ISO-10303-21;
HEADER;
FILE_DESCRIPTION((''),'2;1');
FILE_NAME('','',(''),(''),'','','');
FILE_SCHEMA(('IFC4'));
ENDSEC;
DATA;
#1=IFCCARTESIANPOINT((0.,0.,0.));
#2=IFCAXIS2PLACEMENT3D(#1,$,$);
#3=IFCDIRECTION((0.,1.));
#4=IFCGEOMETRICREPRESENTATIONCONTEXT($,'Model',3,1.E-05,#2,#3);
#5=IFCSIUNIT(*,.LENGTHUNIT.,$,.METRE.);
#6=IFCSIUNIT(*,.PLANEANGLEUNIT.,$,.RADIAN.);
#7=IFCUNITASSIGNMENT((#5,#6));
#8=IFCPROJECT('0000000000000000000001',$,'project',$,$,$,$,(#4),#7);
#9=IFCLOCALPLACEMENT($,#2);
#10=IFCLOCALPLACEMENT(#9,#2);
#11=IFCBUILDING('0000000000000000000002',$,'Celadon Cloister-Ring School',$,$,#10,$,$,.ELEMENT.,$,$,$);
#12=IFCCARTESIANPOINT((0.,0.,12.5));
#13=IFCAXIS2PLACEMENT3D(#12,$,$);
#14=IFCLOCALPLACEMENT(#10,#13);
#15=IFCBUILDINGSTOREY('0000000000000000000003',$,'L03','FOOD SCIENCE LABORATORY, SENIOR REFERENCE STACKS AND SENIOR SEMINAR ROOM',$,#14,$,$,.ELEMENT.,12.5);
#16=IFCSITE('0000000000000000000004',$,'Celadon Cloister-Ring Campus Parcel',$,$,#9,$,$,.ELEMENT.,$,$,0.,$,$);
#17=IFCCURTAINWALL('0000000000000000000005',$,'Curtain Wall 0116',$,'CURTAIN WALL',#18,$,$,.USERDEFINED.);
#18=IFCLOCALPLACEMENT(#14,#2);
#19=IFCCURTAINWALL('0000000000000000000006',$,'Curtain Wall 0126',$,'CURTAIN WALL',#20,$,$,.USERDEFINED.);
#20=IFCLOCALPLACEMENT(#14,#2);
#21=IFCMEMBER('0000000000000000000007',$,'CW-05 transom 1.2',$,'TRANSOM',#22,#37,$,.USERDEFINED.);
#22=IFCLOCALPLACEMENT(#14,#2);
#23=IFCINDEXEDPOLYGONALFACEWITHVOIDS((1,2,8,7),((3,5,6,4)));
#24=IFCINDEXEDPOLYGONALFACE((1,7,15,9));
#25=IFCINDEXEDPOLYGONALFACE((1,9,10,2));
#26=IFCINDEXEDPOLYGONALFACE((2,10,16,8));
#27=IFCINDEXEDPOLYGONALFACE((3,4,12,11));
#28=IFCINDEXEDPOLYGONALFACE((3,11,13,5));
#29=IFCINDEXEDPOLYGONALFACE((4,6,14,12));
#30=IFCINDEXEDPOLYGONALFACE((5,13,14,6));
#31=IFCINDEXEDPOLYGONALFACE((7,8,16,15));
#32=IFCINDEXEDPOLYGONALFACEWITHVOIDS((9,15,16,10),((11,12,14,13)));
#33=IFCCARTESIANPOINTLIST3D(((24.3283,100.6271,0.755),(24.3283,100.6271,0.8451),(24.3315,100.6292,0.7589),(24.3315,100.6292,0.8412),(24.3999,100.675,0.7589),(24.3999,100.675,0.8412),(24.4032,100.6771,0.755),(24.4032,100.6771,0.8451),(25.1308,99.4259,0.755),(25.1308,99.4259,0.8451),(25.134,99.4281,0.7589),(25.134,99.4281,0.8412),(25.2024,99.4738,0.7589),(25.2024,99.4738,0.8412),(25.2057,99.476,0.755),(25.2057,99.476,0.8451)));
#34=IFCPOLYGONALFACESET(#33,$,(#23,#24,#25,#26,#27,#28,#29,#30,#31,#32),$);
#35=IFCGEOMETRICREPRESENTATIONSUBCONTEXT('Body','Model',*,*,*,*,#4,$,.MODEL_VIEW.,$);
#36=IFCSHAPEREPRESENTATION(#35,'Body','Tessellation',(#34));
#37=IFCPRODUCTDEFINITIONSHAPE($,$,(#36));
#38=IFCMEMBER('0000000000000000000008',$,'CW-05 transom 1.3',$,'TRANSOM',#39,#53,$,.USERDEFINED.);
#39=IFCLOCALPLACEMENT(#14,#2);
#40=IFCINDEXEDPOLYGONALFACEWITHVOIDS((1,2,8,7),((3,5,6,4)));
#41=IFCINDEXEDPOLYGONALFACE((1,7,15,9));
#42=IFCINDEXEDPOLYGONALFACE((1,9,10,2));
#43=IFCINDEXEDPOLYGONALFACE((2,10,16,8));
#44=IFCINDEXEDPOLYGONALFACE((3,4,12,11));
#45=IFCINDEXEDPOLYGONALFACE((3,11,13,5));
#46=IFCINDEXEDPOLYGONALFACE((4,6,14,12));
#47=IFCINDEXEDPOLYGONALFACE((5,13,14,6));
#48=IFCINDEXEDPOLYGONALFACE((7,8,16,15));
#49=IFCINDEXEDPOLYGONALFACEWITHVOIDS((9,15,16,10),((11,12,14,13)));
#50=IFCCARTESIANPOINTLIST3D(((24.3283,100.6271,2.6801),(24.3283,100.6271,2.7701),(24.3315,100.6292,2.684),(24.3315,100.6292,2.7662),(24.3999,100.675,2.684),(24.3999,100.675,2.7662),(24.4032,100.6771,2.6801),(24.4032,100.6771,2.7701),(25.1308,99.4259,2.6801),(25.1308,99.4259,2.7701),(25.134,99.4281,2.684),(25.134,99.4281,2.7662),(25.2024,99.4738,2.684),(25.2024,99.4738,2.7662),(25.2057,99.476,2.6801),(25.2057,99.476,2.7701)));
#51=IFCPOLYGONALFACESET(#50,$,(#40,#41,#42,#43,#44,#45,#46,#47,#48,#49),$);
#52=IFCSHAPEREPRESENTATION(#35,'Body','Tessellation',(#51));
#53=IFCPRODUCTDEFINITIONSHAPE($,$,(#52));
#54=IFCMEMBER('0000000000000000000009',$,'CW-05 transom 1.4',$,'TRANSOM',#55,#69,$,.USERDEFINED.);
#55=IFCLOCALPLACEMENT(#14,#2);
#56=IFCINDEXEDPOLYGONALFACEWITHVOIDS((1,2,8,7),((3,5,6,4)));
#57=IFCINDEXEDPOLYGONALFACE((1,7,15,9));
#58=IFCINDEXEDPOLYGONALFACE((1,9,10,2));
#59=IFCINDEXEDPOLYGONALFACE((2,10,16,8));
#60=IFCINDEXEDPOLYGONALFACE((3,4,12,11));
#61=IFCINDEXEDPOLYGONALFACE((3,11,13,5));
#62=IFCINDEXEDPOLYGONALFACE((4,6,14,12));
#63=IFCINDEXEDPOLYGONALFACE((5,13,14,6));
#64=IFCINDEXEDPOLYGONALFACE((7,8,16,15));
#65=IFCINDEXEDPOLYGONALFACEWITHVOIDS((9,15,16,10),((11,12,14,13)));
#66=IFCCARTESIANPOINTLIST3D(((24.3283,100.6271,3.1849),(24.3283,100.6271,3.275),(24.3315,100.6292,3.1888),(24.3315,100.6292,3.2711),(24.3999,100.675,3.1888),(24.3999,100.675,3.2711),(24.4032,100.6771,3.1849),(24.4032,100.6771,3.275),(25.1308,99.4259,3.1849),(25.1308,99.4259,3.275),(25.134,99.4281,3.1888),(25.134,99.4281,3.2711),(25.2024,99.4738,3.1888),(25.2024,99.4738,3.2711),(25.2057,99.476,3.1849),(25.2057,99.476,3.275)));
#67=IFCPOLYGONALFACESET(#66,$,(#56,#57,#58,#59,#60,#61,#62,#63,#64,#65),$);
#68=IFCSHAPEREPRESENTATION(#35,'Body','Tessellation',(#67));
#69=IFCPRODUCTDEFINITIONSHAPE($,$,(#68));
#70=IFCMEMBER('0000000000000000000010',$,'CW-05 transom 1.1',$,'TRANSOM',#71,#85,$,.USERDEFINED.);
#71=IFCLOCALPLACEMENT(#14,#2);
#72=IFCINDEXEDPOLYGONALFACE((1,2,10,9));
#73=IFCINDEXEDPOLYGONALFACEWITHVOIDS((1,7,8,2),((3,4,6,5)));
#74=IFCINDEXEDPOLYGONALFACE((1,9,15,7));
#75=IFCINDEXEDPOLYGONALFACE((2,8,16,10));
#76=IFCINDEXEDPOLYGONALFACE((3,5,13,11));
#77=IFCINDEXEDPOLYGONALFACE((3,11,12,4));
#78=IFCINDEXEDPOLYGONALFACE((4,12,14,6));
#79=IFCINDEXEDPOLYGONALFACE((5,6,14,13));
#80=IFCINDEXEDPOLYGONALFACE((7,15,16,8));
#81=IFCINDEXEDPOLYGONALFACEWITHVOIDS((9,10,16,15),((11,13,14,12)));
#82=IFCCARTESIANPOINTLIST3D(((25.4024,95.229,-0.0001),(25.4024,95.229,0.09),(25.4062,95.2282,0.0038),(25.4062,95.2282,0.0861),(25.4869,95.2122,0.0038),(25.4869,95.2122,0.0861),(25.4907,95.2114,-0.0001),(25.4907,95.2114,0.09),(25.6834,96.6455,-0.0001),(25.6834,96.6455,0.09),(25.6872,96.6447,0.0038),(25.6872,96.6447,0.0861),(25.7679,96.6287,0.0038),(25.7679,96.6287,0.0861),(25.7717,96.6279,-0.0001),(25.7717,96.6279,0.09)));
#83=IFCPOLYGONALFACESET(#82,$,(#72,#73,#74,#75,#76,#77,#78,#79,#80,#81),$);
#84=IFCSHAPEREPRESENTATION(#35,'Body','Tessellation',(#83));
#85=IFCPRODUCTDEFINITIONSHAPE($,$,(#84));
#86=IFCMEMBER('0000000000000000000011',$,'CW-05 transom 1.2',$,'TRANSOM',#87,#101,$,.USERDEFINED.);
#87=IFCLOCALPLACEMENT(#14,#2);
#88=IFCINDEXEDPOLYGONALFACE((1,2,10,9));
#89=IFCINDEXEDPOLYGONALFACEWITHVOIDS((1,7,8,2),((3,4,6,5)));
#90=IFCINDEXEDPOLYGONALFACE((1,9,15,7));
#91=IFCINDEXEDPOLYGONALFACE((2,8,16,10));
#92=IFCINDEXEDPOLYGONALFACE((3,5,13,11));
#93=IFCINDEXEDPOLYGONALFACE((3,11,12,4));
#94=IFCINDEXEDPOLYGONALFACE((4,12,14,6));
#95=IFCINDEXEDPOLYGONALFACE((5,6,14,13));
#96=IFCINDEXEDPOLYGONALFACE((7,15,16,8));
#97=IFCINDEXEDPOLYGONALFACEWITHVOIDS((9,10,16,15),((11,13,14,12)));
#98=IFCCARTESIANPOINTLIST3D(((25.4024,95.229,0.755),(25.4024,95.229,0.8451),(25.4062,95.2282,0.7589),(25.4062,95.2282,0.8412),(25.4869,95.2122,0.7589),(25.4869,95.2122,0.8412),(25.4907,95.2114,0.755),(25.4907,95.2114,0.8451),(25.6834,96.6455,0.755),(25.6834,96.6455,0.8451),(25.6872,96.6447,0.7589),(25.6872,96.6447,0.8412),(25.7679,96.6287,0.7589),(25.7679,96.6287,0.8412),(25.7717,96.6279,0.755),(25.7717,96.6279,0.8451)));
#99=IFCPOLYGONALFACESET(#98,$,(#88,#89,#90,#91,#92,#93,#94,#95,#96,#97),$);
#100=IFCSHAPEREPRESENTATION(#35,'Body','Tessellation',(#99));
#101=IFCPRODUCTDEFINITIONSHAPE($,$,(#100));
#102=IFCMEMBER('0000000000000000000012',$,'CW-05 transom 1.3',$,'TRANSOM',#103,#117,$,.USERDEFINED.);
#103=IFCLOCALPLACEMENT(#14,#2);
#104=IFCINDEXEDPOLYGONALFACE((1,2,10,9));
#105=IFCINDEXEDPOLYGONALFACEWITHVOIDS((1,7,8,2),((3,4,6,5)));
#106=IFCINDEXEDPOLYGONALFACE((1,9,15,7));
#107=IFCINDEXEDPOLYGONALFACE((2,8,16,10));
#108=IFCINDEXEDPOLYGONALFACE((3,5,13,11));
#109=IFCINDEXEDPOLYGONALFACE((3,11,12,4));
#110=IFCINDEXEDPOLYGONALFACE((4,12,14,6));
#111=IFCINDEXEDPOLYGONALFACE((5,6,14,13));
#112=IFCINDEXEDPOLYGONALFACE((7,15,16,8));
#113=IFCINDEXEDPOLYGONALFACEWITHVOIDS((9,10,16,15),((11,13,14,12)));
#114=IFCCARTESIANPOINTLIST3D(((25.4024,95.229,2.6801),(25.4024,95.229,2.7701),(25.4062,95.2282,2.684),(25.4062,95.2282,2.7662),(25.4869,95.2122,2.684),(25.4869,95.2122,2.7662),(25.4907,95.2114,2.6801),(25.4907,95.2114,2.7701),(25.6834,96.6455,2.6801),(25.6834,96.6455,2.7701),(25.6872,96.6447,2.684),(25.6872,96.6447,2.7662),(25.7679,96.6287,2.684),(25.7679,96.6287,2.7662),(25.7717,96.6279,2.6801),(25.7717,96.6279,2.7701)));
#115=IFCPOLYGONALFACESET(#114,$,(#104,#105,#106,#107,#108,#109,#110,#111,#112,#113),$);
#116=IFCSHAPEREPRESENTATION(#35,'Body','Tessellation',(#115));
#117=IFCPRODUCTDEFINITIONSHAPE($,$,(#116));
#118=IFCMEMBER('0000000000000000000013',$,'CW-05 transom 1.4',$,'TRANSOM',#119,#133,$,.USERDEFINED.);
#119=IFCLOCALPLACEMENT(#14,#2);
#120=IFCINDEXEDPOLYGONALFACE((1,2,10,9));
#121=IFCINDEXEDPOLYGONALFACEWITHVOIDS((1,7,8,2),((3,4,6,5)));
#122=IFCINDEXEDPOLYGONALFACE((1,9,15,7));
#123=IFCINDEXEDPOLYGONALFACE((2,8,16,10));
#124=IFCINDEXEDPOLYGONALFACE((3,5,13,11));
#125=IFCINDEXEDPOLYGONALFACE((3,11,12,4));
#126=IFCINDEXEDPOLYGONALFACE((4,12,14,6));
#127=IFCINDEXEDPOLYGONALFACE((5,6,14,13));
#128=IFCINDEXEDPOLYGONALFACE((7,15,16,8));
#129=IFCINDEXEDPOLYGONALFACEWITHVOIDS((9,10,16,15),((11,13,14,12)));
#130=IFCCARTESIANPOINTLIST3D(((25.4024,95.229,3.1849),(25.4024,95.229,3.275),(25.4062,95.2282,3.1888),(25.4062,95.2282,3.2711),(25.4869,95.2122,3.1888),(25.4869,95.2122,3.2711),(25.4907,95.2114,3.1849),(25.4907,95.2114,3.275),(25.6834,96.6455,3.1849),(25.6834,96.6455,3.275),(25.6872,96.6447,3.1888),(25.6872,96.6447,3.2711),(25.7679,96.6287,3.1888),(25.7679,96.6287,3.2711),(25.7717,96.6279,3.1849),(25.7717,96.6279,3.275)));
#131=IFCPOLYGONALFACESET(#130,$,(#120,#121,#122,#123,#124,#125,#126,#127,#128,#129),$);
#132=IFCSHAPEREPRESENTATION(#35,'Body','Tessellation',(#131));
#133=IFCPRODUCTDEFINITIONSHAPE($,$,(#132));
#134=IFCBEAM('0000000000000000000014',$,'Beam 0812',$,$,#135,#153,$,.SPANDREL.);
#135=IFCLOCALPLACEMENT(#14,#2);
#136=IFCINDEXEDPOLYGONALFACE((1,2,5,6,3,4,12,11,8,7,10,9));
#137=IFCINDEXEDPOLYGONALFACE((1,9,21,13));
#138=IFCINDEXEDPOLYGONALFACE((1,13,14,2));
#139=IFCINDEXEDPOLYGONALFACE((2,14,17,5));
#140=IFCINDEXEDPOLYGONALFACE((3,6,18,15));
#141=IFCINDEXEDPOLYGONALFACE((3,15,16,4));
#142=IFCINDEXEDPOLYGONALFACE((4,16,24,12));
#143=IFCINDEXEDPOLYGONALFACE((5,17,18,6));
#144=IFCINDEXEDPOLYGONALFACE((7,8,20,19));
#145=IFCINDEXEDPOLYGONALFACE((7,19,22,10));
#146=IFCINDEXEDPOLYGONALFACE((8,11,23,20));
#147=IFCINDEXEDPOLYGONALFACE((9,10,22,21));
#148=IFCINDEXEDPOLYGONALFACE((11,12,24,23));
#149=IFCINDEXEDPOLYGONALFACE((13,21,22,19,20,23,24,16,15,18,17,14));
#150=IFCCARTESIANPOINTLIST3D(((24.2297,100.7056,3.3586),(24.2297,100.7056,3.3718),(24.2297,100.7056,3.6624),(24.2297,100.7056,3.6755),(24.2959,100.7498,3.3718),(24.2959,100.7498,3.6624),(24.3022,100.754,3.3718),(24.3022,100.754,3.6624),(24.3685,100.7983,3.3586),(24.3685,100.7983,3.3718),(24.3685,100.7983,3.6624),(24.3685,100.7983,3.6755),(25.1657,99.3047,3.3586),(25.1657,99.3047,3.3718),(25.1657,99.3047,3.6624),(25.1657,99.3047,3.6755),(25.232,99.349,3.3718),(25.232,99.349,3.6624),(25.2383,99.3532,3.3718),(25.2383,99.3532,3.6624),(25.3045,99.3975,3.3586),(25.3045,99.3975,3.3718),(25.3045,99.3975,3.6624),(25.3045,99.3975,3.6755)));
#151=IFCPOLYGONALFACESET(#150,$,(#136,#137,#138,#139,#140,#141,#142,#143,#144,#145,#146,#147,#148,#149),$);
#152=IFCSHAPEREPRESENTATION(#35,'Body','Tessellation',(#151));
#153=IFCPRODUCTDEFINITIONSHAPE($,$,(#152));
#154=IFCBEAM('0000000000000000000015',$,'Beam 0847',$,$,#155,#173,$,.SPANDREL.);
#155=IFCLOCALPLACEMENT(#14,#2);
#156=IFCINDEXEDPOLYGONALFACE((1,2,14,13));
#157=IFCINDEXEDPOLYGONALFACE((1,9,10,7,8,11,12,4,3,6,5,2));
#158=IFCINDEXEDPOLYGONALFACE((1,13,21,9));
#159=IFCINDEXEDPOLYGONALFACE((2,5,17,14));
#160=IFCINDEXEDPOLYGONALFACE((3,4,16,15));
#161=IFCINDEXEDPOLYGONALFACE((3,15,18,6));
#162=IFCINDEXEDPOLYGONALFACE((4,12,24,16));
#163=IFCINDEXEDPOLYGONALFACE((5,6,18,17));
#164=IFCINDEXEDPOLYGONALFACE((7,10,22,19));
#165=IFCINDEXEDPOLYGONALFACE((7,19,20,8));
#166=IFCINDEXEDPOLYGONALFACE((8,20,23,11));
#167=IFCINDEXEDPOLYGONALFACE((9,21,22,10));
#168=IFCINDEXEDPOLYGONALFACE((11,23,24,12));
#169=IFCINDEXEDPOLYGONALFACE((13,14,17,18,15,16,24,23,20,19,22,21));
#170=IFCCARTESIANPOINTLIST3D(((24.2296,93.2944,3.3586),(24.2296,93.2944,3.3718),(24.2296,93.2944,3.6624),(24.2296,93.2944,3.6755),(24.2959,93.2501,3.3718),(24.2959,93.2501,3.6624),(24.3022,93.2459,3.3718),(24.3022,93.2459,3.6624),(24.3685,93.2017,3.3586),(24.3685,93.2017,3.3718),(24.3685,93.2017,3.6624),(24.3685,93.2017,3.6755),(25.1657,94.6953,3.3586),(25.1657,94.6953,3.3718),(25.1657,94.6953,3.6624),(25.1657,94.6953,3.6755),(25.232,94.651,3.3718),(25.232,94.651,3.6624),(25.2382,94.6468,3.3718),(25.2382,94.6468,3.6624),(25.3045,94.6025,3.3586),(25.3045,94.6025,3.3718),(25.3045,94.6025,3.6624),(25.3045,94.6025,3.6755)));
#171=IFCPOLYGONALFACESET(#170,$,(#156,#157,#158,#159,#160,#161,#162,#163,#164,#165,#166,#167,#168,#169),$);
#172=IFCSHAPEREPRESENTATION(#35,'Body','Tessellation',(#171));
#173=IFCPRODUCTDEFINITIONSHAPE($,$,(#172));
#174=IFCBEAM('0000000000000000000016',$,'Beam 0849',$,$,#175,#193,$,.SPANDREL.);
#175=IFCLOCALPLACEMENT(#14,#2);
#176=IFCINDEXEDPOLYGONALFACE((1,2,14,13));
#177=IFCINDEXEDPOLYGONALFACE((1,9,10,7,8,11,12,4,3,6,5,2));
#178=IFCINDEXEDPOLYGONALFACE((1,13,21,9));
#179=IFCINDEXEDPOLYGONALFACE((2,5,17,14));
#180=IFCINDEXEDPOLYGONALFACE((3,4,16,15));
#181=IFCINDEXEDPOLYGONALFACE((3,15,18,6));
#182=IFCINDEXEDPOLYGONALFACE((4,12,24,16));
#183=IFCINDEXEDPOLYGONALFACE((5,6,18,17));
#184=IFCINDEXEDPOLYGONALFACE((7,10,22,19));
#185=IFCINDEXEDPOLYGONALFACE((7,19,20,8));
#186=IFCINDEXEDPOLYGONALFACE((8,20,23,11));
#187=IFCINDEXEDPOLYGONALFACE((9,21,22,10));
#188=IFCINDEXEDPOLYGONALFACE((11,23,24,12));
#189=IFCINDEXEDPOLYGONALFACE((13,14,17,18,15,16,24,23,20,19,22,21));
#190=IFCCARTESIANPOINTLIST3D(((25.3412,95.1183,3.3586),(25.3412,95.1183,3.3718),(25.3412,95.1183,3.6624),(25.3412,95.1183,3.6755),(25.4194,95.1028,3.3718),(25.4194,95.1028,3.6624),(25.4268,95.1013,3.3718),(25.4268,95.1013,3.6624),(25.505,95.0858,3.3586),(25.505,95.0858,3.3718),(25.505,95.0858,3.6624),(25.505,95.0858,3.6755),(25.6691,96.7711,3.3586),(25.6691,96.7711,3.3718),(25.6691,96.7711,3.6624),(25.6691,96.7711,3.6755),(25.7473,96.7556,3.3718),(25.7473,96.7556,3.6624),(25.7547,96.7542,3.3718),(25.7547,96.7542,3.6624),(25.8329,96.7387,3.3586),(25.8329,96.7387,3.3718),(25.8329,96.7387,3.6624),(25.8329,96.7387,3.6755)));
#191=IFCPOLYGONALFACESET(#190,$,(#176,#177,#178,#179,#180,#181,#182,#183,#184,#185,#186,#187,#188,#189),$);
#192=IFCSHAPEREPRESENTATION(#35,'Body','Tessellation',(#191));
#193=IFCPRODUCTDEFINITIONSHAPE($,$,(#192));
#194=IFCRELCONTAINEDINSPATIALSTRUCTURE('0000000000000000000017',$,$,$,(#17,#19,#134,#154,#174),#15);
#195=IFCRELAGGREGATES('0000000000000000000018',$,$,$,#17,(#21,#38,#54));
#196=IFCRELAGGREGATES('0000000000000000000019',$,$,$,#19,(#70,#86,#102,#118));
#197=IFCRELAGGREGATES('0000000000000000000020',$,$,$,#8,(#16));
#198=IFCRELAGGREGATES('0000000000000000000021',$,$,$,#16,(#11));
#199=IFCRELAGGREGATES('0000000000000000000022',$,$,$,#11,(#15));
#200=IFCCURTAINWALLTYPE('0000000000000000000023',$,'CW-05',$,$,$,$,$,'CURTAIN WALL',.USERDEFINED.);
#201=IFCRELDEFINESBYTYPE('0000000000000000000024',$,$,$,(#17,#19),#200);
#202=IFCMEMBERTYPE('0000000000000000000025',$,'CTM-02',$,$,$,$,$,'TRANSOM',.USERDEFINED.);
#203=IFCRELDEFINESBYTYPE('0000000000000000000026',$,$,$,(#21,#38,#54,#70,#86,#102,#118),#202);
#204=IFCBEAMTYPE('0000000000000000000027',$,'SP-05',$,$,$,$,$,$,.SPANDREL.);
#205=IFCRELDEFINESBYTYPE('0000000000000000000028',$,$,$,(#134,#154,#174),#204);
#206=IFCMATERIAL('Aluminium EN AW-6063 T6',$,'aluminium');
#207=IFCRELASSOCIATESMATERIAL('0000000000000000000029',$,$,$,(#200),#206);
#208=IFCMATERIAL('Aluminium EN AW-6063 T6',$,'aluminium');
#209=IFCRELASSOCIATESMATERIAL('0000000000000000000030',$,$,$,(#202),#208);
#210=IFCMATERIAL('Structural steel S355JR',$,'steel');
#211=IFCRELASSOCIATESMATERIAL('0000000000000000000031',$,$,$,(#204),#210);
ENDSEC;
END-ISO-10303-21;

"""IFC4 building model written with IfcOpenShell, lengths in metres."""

from ifc_helpers import new_model, si_unit, direction, frame, origin, origin_2d, place, context, subcontext, project, spatial, hollow_rectangle, i_section, extrude, material, material_profile, profile_set, type_object, element, aggregate, save


model = new_model("IFC4")

# Units and contexts
model_context = context("Model", 3, precision=1e-05, world=origin(), true_north=direction((0.0, 1.0)))
body_context = subcontext(model_context, "Body", "Model", "MODEL_VIEW")
ifc_project = project(units=[si_unit("LENGTHUNIT", "METRE"), si_unit("PLANEANGLEUNIT", "RADIAN")], contexts=[model_context])

# Site, building, storey
site_placement = place(None, origin())
site = spatial("IfcSite", under=ifc_project, at=site_placement, Name="Celadon Cloister-Ring Campus Parcel", CompositionType="ELEMENT", RefElevation=0.0)
building_placement = place(site_placement, origin())
building = spatial("IfcBuilding", under=site, at=building_placement, Name="Celadon Cloister-Ring School", CompositionType="ELEMENT")
storey_placement = place(building_placement, frame((0.0, 0.0, 12.5)))
storey = spatial("IfcBuildingStorey", under=building, at=storey_placement, Name="L03", Description="FOOD SCIENCE LABORATORY, SENIOR REFERENCE STACKS AND SENIOR SEMINAR ROOM", CompositionType="ELEMENT", Elevation=12.5)

# Curtain walls
ifc_material_1 = material(Name="Aluminium EN AW-6063 T6", Category="aluminium")
curtain_wall_type = type_object("IfcCurtainWallType", Name="CW-05", ElementType="CURTAIN WALL", PredefinedType="USERDEFINED", material=ifc_material_1)
curtain_wall_1_placement = place(storey_placement, origin())
curtain_wall_1 = element("IfcCurtainWall", 1, at=curtain_wall_1_placement, inside=storey, type_object=curtain_wall_type, Name="Curtain Wall 0116", ObjectType="CURTAIN WALL", PredefinedType="USERDEFINED")
curtain_wall_2_placement = place(storey_placement, origin())
curtain_wall_2 = element("IfcCurtainWall", 2, at=curtain_wall_2_placement, inside=storey, type_object=curtain_wall_type, Name="Curtain Wall 0126", ObjectType="CURTAIN WALL", PredefinedType="USERDEFINED")

# Members
ifc_material_2 = material(Name="Aluminium EN AW-6063 T6", Category="aluminium")
ifc_material_profile_1 = material_profile(ifc_material_2, hollow_rectangle(XDim=0.0901, YDim=0.0901, WallThickness=0.0039, at=origin_2d()), Name="RHS90X90X4")
ifc_profile_set_1 = profile_set([ifc_material_profile_1], Name="Aluminium EN AW-6063 T6")
member_type_1 = type_object("IfcMemberType", Name="CTM-02", ElementType="TRANSOM", PredefinedType="USERDEFINED", material=ifc_profile_set_1)
member_1_placement = place(storey_placement, frame((25.1682, 99.4509, 0.8), z_axis=(-0.555519, 0.831504, 0.0), x_axis=(-0.831504, -0.555519, 0.0)))
member_1 = element("IfcMember", 3, at=member_1_placement, type_object=member_type_1, Name="CW-05 transom 1.2", ObjectType="TRANSOM", PredefinedType="USERDEFINED", context=body_context, shape_type="SweptSolid", body=[
    extrude(hollow_rectangle(XDim=0.0901, YDim=0.0901, WallThickness=0.0039, at=origin_2d()), origin(), (0.0, 0.0, 1.0), 1.4446),
])
member_2_placement = place(storey_placement, frame((25.1682, 99.4509, 2.7251), z_axis=(-0.555519, 0.831504, 0.0), x_axis=(-0.831504, -0.555519, 0.0)))
member_2 = element("IfcMember", 4, at=member_2_placement, type_object=member_type_1, Name="CW-05 transom 1.3", ObjectType="TRANSOM", PredefinedType="USERDEFINED", context=body_context, shape_type="SweptSolid", body=[
    extrude(hollow_rectangle(XDim=0.0901, YDim=0.0901, WallThickness=0.0039, at=origin_2d()), origin(), (0.0, 0.0, 1.0), 1.4446),
])
member_3_placement = place(storey_placement, frame((25.1682, 99.4509, 3.23), z_axis=(-0.555519, 0.831504, 0.0), x_axis=(-0.831504, -0.555519, 0.0)))
member_3 = element("IfcMember", 5, at=member_3_placement, type_object=member_type_1, Name="CW-05 transom 1.4", ObjectType="TRANSOM", PredefinedType="USERDEFINED", context=body_context, shape_type="SweptSolid", body=[
    extrude(hollow_rectangle(XDim=0.0901, YDim=0.0901, WallThickness=0.0039, at=origin_2d()), origin(), (0.0, 0.0, 1.0), 1.4446),
])
aggregate(curtain_wall_1, [member_1, member_2, member_3])
member_4_placement = place(storey_placement, frame((25.4465, 95.2202, 0.0449), z_axis=(0.194588, 0.980885, 0.0), x_axis=(-0.980885, 0.194588, 0.0)))
member_4 = element("IfcMember", 6, at=member_4_placement, type_object=member_type_1, Name="CW-05 transom 1.1", ObjectType="TRANSOM", PredefinedType="USERDEFINED", context=body_context, shape_type="SweptSolid", body=[
    extrude(hollow_rectangle(XDim=0.0901, YDim=0.0901, WallThickness=0.0039, at=origin_2d()), origin(), (0.0, 0.0, 1.0), 1.4441),
])
member_5_placement = place(storey_placement, frame((25.4465, 95.2202, 0.8), z_axis=(0.194588, 0.980885, 0.0), x_axis=(-0.980885, 0.194588, 0.0)))
member_5 = element("IfcMember", 7, at=member_5_placement, type_object=member_type_1, Name="CW-05 transom 1.2", ObjectType="TRANSOM", PredefinedType="USERDEFINED", context=body_context, shape_type="SweptSolid", body=[
    extrude(hollow_rectangle(XDim=0.0901, YDim=0.0901, WallThickness=0.0039, at=origin_2d()), origin(), (0.0, 0.0, 1.0), 1.4441),
])
member_6_placement = place(storey_placement, frame((25.4465, 95.2202, 2.7251), z_axis=(0.194588, 0.980885, 0.0), x_axis=(-0.980885, 0.194588, 0.0)))
member_6 = element("IfcMember", 8, at=member_6_placement, type_object=member_type_1, Name="CW-05 transom 1.3", ObjectType="TRANSOM", PredefinedType="USERDEFINED", context=body_context, shape_type="SweptSolid", body=[
    extrude(hollow_rectangle(XDim=0.0901, YDim=0.0901, WallThickness=0.0039, at=origin_2d()), origin(), (0.0, 0.0, 1.0), 1.4441),
])
member_7_placement = place(storey_placement, frame((25.4465, 95.2202, 3.23), z_axis=(0.194588, 0.980885, 0.0), x_axis=(-0.980885, 0.194588, 0.0)))
member_7 = element("IfcMember", 9, at=member_7_placement, type_object=member_type_1, Name="CW-05 transom 1.4", ObjectType="TRANSOM", PredefinedType="USERDEFINED", context=body_context, shape_type="SweptSolid", body=[
    extrude(hollow_rectangle(XDim=0.0901, YDim=0.0901, WallThickness=0.0039, at=origin_2d()), origin(), (0.0, 0.0, 1.0), 1.4441),
])

# Beams
ifc_material_3 = material(Name="Structural steel S355JR", Category="steel")
ifc_material_profile_2 = material_profile(ifc_material_3, i_section(OverallWidth=0.167, OverallDepth=0.3169, WebThickness=0.0076, FlangeThickness=0.0132, at=origin_2d()), Name="W310X52")
ifc_profile_set_2 = profile_set([ifc_material_profile_2], Name="Structural steel S355JR")
beam_type = type_object("IfcBeamType", Name="SP-05", PredefinedType="SPANDREL", material=ifc_profile_set_2)
for number, where, z_axis, x_axis, name in (
    (10, (25.2351, 99.3511, 3.5171), (-0.555569, 0.83147, 0.0), (-0.83147, -0.555569, 0.0), "Beam 0812"),
    (11, (24.2991, 93.248, 3.5171), (0.555569, 0.83147, 0.0), (-0.83147, 0.555569, 0.0), "Beam 0847"),
):
    element("IfcBeam", number, at=place(storey_placement, frame(where, z_axis=z_axis, x_axis=x_axis)), inside=storey, type_object=beam_type, Name=name, PredefinedType="SPANDREL", context=body_context, shape_type="SweptSolid", body=[
        extrude(i_section(OverallWidth=0.167, OverallDepth=0.3169, WebThickness=0.0076, FlangeThickness=0.0132, at=origin_2d()), origin(), (0.0, 0.0, 1.0), 1.6848),
    ])
beam_placement = place(storey_placement, frame((25.4231, 95.1021, 3.5171), z_axis=(0.194583, 0.980886, 0.0), x_axis=(-0.980886, 0.194583, 0.0)))
element("IfcBeam", 12, at=beam_placement, inside=storey, type_object=beam_type, Name="Beam 0849", PredefinedType="SPANDREL", context=body_context, shape_type="SweptSolid", body=[
    extrude(i_section(OverallWidth=0.167, OverallDepth=0.3169, WebThickness=0.0076, FlangeThickness=0.0132, at=origin_2d()), origin(), (0.0, 0.0, 1.0), 1.6851),
])

aggregate(curtain_wall_2, [member_4, member_5, member_6, member_7])

save(model, "model.ifc")
